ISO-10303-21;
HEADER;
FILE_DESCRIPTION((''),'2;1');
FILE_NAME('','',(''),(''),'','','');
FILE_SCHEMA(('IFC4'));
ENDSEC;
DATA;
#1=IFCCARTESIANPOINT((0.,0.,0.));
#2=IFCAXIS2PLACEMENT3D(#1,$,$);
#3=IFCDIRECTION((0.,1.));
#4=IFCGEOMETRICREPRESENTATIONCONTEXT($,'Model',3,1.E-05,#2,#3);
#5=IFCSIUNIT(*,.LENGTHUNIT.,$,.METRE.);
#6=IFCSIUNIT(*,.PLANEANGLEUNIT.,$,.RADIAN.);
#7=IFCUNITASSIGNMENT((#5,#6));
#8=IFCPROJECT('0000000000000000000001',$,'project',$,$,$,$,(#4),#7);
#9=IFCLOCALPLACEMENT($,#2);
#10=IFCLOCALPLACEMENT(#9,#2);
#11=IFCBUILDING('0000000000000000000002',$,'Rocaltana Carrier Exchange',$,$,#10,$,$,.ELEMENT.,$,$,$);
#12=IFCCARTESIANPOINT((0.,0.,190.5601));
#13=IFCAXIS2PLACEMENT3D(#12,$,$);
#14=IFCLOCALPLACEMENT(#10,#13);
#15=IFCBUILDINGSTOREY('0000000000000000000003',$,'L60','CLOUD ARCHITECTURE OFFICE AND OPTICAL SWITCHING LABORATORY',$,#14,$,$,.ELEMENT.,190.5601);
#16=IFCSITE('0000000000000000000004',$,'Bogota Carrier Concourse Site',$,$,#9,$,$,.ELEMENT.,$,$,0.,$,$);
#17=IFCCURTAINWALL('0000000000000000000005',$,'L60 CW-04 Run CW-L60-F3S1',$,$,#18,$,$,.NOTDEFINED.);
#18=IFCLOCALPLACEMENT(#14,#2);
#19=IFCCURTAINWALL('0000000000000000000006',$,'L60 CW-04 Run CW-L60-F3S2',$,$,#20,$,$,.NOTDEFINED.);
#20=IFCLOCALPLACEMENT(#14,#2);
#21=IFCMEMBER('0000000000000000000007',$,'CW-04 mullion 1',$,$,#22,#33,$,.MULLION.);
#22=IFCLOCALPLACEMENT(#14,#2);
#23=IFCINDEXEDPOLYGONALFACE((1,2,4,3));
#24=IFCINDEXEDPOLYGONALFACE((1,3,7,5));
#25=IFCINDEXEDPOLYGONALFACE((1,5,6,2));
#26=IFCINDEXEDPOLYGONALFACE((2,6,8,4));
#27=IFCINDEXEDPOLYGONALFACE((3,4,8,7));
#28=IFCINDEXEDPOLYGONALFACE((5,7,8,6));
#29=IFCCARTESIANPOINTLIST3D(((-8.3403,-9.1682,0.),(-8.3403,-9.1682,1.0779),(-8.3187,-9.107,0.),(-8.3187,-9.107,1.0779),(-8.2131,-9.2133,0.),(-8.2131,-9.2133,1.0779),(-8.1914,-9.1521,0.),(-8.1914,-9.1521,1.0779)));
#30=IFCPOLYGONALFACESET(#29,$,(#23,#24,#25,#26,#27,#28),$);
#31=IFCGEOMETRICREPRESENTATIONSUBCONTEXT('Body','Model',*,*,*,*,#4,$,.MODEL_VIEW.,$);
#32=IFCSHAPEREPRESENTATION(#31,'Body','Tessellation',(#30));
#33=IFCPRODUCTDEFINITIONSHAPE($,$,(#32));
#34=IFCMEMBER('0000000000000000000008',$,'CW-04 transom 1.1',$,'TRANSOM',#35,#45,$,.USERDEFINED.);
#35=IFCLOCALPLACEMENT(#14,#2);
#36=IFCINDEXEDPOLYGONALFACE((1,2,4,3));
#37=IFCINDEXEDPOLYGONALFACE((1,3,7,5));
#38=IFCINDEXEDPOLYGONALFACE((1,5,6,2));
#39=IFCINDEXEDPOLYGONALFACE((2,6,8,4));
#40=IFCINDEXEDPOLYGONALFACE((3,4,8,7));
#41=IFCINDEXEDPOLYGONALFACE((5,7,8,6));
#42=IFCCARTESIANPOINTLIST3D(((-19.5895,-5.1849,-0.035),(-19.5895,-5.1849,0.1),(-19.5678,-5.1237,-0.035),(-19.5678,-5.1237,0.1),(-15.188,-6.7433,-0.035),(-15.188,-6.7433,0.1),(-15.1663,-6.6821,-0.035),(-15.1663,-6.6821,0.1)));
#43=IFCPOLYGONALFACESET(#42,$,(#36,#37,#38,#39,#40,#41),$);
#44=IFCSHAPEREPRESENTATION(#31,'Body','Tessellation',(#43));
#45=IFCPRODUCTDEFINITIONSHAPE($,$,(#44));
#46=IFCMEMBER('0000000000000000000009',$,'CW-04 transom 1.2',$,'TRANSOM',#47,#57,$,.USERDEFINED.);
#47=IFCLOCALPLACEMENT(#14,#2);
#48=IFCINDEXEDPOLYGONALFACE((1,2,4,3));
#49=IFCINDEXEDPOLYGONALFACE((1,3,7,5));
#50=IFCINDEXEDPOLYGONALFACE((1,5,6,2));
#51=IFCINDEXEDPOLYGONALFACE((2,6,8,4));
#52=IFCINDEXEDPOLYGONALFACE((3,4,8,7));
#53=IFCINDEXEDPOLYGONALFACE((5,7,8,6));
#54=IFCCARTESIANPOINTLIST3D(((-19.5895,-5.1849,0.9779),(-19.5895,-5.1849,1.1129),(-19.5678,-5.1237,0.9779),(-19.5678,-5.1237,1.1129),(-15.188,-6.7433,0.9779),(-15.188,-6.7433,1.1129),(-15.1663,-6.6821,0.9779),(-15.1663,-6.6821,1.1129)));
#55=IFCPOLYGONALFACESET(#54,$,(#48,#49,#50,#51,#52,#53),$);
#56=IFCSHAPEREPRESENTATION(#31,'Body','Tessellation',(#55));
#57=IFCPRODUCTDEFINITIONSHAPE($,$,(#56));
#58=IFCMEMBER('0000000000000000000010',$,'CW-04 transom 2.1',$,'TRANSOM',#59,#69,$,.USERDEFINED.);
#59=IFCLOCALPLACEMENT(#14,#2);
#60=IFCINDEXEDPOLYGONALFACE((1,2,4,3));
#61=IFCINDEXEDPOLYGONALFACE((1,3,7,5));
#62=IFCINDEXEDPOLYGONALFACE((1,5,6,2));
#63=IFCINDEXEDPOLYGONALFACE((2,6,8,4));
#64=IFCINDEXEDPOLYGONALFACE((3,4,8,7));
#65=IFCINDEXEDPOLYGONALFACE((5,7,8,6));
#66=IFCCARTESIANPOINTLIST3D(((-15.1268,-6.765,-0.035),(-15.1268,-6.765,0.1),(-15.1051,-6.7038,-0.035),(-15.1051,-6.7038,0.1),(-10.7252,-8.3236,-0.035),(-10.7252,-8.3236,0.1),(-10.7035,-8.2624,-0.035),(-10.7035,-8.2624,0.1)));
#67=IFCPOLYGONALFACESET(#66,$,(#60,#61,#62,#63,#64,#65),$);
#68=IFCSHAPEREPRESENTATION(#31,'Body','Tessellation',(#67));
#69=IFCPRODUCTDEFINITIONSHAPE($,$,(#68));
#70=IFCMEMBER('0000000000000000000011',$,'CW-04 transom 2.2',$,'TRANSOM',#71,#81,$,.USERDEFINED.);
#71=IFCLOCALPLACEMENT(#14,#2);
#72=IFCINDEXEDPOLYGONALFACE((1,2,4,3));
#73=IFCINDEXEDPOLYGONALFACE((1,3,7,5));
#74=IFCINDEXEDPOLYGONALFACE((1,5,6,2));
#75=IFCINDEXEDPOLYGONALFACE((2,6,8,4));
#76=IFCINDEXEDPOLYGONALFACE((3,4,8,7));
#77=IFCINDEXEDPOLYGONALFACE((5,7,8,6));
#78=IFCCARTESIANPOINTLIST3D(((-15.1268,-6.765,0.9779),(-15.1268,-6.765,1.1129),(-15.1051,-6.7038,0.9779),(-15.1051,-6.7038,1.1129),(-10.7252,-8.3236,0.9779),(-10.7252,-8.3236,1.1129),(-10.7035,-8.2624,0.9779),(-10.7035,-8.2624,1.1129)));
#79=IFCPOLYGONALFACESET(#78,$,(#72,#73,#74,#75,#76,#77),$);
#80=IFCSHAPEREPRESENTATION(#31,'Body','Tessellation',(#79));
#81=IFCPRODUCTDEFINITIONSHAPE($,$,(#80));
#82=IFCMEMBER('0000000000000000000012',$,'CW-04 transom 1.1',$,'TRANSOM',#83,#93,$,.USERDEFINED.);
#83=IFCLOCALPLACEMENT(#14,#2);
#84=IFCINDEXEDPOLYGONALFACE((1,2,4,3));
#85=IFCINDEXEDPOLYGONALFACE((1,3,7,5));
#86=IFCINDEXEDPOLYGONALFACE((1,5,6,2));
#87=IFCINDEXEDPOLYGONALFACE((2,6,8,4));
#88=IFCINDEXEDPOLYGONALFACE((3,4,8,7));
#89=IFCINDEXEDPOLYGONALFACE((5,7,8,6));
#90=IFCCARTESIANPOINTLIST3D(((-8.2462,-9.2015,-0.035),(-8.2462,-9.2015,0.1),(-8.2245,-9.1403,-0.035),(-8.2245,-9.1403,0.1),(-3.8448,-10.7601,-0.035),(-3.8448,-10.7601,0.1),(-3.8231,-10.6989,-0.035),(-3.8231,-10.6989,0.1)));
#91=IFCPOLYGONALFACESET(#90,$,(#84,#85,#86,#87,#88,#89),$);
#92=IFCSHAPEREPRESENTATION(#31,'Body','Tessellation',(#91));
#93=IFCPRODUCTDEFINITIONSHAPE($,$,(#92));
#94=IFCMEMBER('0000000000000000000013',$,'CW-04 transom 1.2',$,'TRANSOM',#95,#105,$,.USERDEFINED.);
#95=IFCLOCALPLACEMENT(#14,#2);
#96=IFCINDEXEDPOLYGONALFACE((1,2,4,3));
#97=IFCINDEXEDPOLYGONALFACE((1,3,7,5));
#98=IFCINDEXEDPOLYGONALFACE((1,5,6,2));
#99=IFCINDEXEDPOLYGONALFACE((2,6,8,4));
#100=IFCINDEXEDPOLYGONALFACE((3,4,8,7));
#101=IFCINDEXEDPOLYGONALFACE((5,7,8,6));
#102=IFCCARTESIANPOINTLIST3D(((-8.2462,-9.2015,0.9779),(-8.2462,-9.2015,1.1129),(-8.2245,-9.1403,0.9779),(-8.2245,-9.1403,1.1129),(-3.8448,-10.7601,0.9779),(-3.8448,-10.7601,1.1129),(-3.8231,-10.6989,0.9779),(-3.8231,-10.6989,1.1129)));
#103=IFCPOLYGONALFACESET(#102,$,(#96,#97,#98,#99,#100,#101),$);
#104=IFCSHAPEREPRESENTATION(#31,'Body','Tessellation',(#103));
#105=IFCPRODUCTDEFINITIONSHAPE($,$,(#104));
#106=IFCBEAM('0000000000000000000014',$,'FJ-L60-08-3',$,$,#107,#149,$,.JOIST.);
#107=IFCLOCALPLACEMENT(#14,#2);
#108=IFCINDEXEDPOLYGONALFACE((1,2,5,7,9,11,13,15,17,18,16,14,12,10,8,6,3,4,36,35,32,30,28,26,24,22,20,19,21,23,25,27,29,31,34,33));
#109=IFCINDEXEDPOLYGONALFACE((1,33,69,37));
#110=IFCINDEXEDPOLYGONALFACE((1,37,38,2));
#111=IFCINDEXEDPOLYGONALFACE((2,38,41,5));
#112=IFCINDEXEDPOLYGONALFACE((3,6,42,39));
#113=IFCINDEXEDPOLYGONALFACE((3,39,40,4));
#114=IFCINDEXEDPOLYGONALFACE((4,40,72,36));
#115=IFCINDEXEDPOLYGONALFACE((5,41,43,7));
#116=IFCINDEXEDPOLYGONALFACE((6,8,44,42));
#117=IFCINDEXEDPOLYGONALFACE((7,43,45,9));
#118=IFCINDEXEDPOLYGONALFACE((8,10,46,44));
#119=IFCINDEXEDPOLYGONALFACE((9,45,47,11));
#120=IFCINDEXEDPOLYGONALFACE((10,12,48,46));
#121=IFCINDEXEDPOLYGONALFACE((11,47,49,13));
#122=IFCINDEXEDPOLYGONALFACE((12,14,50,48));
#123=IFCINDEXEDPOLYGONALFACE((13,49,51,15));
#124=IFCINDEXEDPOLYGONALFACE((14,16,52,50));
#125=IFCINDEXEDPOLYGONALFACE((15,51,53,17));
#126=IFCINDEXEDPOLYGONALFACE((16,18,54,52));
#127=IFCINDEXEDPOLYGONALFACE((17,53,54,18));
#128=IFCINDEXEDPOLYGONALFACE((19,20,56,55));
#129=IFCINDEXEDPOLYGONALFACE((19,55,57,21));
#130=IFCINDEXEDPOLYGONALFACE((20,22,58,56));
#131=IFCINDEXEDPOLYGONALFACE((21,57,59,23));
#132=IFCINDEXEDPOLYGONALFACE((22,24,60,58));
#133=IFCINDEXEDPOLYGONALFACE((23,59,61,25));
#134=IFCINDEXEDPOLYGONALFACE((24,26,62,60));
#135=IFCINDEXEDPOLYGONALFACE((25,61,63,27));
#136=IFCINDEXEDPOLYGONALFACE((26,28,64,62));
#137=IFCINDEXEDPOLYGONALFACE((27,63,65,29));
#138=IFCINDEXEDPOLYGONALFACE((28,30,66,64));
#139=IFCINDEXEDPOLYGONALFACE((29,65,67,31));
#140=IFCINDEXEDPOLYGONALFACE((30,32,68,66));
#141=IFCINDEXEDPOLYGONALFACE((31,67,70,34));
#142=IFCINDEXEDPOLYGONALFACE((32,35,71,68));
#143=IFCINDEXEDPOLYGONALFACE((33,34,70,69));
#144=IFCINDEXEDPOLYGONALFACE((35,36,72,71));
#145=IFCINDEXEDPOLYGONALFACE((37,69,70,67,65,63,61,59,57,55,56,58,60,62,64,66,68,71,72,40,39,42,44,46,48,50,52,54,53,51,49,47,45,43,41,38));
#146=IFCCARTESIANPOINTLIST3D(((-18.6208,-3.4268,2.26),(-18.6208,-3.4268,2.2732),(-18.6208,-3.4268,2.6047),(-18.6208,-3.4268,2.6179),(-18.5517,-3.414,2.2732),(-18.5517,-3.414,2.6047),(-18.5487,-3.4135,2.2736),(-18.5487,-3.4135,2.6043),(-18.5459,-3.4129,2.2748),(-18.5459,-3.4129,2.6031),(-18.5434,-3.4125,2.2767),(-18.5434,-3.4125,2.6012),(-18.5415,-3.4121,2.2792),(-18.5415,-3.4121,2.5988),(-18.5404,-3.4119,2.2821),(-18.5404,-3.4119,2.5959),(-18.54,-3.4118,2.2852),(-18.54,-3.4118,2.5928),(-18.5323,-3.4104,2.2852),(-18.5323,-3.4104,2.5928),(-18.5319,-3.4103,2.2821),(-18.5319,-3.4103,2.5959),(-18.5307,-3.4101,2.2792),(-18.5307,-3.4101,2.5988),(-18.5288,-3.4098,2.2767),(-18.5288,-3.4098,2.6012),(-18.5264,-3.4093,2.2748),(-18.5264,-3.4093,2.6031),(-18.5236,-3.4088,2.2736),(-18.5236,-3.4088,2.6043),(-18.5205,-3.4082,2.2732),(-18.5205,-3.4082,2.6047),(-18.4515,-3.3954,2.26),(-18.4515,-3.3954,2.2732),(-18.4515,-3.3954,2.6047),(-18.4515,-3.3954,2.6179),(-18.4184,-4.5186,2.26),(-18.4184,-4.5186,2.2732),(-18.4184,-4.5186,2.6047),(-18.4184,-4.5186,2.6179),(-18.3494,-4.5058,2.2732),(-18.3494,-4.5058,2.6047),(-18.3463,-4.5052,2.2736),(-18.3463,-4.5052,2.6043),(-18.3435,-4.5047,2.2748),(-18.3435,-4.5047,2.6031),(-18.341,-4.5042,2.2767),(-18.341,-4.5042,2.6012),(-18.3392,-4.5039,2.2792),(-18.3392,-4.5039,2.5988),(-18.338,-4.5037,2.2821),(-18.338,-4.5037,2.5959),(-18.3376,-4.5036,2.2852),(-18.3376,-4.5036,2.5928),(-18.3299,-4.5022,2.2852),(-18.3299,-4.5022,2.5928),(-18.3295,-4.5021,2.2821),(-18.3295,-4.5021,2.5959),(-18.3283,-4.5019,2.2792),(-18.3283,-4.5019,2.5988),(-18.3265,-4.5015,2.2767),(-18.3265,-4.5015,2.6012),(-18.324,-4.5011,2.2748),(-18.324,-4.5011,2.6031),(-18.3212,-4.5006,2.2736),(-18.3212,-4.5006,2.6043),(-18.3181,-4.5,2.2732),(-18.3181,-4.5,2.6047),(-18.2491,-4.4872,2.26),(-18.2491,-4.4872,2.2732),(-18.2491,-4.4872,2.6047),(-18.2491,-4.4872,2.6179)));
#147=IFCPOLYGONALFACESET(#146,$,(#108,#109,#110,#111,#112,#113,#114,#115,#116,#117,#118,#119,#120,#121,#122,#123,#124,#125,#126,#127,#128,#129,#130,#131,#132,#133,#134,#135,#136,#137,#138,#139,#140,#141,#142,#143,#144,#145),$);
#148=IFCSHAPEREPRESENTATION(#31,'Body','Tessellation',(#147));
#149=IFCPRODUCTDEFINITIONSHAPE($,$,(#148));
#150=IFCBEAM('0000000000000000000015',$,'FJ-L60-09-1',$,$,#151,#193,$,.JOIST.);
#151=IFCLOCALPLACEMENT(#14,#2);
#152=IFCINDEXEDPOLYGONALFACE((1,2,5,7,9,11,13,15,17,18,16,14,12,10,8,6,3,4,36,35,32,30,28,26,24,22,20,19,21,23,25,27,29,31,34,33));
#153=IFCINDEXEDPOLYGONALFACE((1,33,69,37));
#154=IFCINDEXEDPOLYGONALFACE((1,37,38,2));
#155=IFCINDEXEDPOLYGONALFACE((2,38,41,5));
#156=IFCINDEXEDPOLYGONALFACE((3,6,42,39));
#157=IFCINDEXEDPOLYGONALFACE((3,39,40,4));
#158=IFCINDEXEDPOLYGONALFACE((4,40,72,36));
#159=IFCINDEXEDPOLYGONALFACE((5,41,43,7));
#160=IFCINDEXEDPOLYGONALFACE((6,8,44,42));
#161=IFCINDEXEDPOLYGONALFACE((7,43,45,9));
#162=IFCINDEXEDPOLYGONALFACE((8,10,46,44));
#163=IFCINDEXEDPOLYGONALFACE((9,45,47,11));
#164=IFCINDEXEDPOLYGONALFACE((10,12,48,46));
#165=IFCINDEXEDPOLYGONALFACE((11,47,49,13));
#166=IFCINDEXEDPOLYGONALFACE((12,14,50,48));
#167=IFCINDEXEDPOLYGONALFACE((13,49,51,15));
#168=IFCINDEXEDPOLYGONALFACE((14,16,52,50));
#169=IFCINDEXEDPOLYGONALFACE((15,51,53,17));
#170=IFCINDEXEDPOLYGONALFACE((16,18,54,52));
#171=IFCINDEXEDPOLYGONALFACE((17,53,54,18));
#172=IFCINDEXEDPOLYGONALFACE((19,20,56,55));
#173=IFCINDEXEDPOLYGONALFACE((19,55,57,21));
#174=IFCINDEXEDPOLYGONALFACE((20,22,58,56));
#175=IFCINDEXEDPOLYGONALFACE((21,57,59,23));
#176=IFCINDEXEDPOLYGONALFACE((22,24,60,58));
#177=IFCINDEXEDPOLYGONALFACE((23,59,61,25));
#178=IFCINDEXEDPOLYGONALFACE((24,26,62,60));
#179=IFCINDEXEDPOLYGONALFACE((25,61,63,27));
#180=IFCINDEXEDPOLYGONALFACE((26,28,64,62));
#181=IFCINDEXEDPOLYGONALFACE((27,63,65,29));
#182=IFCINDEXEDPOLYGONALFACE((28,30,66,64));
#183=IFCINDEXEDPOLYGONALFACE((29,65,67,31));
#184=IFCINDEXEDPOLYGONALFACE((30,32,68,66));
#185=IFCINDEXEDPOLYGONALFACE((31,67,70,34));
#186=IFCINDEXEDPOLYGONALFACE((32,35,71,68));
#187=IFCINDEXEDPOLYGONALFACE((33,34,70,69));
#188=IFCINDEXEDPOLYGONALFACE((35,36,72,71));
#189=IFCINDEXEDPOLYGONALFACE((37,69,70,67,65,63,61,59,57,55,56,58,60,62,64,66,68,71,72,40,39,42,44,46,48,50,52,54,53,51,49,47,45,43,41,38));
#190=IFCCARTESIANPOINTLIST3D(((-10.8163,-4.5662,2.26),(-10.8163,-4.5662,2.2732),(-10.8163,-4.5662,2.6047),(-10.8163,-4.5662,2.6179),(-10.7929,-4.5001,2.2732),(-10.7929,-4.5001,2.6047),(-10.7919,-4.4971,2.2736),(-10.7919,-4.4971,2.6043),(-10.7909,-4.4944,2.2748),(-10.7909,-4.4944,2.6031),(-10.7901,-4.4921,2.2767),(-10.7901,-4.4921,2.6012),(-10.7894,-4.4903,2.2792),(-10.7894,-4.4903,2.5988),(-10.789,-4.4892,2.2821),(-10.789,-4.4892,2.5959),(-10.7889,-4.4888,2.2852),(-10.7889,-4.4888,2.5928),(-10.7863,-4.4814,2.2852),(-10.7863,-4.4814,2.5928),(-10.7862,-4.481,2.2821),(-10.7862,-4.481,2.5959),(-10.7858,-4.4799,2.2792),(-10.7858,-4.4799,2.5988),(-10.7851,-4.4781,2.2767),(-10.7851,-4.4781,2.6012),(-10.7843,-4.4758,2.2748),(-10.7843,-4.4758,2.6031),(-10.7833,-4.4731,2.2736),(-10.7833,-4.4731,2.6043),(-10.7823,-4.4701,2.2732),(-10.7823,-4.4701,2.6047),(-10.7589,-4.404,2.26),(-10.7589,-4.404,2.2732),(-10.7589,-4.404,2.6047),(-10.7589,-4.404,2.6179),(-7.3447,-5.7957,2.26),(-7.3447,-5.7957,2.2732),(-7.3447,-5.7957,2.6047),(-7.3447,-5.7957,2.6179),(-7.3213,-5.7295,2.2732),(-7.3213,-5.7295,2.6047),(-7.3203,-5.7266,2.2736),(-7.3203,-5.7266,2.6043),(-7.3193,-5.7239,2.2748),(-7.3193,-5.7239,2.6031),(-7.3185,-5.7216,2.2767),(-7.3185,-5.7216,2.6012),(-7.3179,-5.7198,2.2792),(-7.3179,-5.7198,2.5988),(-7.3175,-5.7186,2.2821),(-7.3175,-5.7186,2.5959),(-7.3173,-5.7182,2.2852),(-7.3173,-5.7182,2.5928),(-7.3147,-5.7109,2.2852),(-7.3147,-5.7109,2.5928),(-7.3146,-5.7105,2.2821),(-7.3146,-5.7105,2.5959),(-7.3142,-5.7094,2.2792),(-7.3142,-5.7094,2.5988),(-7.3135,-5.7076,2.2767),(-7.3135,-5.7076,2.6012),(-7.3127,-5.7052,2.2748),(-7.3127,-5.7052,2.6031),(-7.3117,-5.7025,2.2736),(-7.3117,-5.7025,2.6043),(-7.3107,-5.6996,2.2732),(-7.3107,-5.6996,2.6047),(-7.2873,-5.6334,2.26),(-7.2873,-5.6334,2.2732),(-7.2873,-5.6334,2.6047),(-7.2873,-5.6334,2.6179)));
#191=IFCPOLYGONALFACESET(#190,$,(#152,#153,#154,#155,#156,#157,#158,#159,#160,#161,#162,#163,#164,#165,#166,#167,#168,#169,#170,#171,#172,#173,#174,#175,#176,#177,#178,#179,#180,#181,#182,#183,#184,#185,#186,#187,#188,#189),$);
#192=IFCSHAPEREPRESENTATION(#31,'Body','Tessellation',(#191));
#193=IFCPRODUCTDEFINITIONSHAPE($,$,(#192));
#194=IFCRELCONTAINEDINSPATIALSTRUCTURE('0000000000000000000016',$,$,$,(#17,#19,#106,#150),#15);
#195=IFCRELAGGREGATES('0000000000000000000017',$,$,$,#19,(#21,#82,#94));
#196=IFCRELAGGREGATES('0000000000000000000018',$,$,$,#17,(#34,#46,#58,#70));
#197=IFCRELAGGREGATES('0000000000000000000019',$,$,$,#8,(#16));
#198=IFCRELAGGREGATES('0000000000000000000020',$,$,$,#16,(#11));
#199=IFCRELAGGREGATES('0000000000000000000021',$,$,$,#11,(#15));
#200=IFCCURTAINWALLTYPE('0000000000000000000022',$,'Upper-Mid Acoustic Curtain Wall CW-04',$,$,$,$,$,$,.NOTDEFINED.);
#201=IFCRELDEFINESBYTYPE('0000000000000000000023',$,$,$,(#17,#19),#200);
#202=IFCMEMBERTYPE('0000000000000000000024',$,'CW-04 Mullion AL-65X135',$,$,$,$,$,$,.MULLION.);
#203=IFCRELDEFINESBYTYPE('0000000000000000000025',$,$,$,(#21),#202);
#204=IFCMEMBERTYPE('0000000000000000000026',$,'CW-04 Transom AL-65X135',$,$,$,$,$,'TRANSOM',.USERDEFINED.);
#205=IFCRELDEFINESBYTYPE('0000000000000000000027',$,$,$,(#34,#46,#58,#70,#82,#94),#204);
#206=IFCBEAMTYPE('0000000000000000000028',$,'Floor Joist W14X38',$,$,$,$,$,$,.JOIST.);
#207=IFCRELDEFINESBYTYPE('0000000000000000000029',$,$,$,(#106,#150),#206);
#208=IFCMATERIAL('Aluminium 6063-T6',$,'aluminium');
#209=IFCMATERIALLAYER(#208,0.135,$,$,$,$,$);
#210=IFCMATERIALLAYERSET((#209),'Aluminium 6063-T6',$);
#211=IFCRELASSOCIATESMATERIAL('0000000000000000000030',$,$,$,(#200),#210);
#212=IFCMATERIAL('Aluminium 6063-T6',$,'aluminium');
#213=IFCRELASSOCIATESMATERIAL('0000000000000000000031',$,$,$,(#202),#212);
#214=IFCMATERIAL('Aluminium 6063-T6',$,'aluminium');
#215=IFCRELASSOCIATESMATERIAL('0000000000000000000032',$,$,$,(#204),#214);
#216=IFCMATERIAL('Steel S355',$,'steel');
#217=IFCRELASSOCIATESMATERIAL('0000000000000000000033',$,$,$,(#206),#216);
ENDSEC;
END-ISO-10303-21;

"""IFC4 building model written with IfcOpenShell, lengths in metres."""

from ifc_helpers import new_model, si_unit, direction, frame, origin, origin_2d, place, context, subcontext, project, spatial, rectangle, i_section, extrude, material, layer, layer_set, material_profile, profile_set, type_object, element, aggregate, save


model = new_model("IFC4")

# Units and contexts
model_context = context("Model", 3, precision=1e-05, world=origin(), true_north=direction((0.0, 1.0)))
body_context = subcontext(model_context, "Body", "Model", "MODEL_VIEW")
ifc_project = project(units=[si_unit("LENGTHUNIT", "METRE"), si_unit("PLANEANGLEUNIT", "RADIAN")], contexts=[model_context])

# Site, building, storey
site_placement = place(None, origin())
site = spatial("IfcSite", under=ifc_project, at=site_placement, Name="Bogota Carrier Concourse Site", CompositionType="ELEMENT", RefElevation=0.0)
building_placement = place(site_placement, origin())
building = spatial("IfcBuilding", under=site, at=building_placement, Name="Rocaltana Carrier Exchange", CompositionType="ELEMENT")
storey_placement = place(building_placement, frame((0.0, 0.0, 190.5601)))
storey = spatial("IfcBuildingStorey", under=building, at=storey_placement, Name="L60", Description="CLOUD ARCHITECTURE OFFICE AND OPTICAL SWITCHING LABORATORY", CompositionType="ELEMENT", Elevation=190.5601)

# Shared definitions
ifc_material_1 = material(Name="Aluminium 6063-T6", Category="aluminium")
ifc_layer_1 = layer(ifc_material_1, 0.135)
ifc_layer_set_1 = layer_set([ifc_layer_1], Name="Aluminium 6063-T6")
curtain_wall_type = type_object("IfcCurtainWallType", Name="Upper-Mid Acoustic Curtain Wall CW-04", PredefinedType="NOTDEFINED", material=ifc_layer_set_1)
ifc_material_2 = material(Name="Aluminium 6063-T6", Category="aluminium")
ifc_material_profile_1 = material_profile(ifc_material_2, rectangle(XDim=0.0649, YDim=0.135, at=origin_2d()), Name="AL-65X135")
ifc_profile_set_1 = profile_set([ifc_material_profile_1], Name="Aluminium 6063-T6")
member_type_1 = type_object("IfcMemberType", Name="CW-04 Mullion AL-65X135", PredefinedType="MULLION", material=ifc_profile_set_1)

# Curtain wall
curtain_wall_1_placement = place(storey_placement, origin())
curtain_wall_1 = element("IfcCurtainWall", 1, at=curtain_wall_1_placement, inside=storey, type_object=curtain_wall_type, Name="L60 CW-04 Run CW-L60-F3S1", PredefinedType="NOTDEFINED")

# Curtain wall, member
curtain_wall_2_placement = place(storey_placement, origin())
curtain_wall_2 = element("IfcCurtainWall", 2, at=curtain_wall_2_placement, inside=storey, type_object=curtain_wall_type, Name="L60 CW-04 Run CW-L60-F3S2", PredefinedType="NOTDEFINED")
member_1_placement = place(storey_placement, frame((-8.2659, -9.1602, 0.0), z_axis=(0.0, 0.0, 1.0), x_axis=(0.333799, 0.942644, 0.0)))
member_1 = element("IfcMember", 3, at=member_1_placement, type_object=member_type_1, Name="CW-04 mullion 1", PredefinedType="MULLION", context=body_context, shape_type="SweptSolid", body=[
    extrude(rectangle(XDim=0.0649, YDim=0.135, at=origin_2d()), origin(), (0.0, 0.0, 1.0), 1.0779),
])

# Members
ifc_material_3 = material(Name="Aluminium 6063-T6", Category="aluminium")
ifc_material_profile_2 = material_profile(ifc_material_3, rectangle(XDim=0.0649, YDim=0.135, at=origin_2d()), Name="AL-65X135")
ifc_profile_set_2 = profile_set([ifc_material_profile_2], Name="Aluminium 6063-T6")
member_type_2 = type_object("IfcMemberType", Name="CW-04 Transom AL-65X135", ElementType="TRANSOM", PredefinedType="USERDEFINED", material=ifc_profile_set_2)
member_2_placement = place(storey_placement, frame((-19.5786, -5.1543, 0.0325), z_axis=(0.942659, -0.333758, 0.0), x_axis=(0.333758, 0.942659, 0.0)))
member_2 = element("IfcMember", 4, at=member_2_placement, type_object=member_type_2, Name="CW-04 transom 1.1", ObjectType="TRANSOM", PredefinedType="USERDEFINED", context=body_context, shape_type="SweptSolid", body=[
    extrude(rectangle(XDim=0.0649, YDim=0.135, at=origin_2d()), origin(), (0.0, 0.0, 1.0), 4.6692),
])
member_3_placement = place(storey_placement, frame((-19.5786, -5.1543, 1.0454), z_axis=(0.942659, -0.333758, 0.0), x_axis=(0.333758, 0.942659, 0.0)))
member_3 = element("IfcMember", 5, at=member_3_placement, type_object=member_type_2, Name="CW-04 transom 1.2", ObjectType="TRANSOM", PredefinedType="USERDEFINED", context=body_context, shape_type="SweptSolid", body=[
    extrude(rectangle(XDim=0.0649, YDim=0.135, at=origin_2d()), origin(), (0.0, 0.0, 1.0), 4.6692),
])
member_4_placement = place(storey_placement, frame((-15.116, -6.7344, 0.0325), z_axis=(0.942648, -0.333788, 0.0), x_axis=(0.333788, 0.942648, 0.0)))
member_4 = element("IfcMember", 6, at=member_4_placement, type_object=member_type_2, Name="CW-04 transom 2.1", ObjectType="TRANSOM", PredefinedType="USERDEFINED", context=body_context, shape_type="SweptSolid", body=[
    extrude(rectangle(XDim=0.0649, YDim=0.135, at=origin_2d()), origin(), (0.0, 0.0, 1.0), 4.6694),
])
member_5_placement = place(storey_placement, frame((-15.116, -6.7344, 1.0454), z_axis=(0.942648, -0.333788, 0.0), x_axis=(0.333788, 0.942648, 0.0)))
member_5 = element("IfcMember", 7, at=member_5_placement, type_object=member_type_2, Name="CW-04 transom 2.2", ObjectType="TRANSOM", PredefinedType="USERDEFINED", context=body_context, shape_type="SweptSolid", body=[
    extrude(rectangle(XDim=0.0649, YDim=0.135, at=origin_2d()), origin(), (0.0, 0.0, 1.0), 4.6694),
])
member_6_placement = place(storey_placement, frame((-8.2354, -9.1709, 0.0325), z_axis=(0.942642, -0.333805, 0.0), x_axis=(0.333805, 0.942642, 0.0)))
member_6 = element("IfcMember", 8, at=member_6_placement, type_object=member_type_2, Name="CW-04 transom 1.1", ObjectType="TRANSOM", PredefinedType="USERDEFINED", context=body_context, shape_type="SweptSolid", body=[
    extrude(rectangle(XDim=0.0649, YDim=0.135, at=origin_2d()), origin(), (0.0, 0.0, 1.0), 4.6692),
])
member_7_placement = place(storey_placement, frame((-8.2354, -9.1709, 1.0454), z_axis=(0.942642, -0.333805, 0.0), x_axis=(0.333805, 0.942642, 0.0)))
member_7 = element("IfcMember", 9, at=member_7_placement, type_object=member_type_2, Name="CW-04 transom 1.2", ObjectType="TRANSOM", PredefinedType="USERDEFINED", context=body_context, shape_type="SweptSolid", body=[
    extrude(rectangle(XDim=0.0649, YDim=0.135, at=origin_2d()), origin(), (0.0, 0.0, 1.0), 4.6692),
])
aggregate(curtain_wall_2, [member_1, member_6, member_7])

# Beams
ifc_material_4 = material(Name="Steel S355", Category="steel")
ifc_material_profile_3 = material_profile(ifc_material_4, i_section(OverallWidth=0.1721, OverallDepth=0.3579, WebThickness=0.0078, FlangeThickness=0.0132, FilletRadius=0.012, at=origin_2d()), Name="W14X38")
ifc_profile_set_3 = profile_set([ifc_material_profile_3], Name="Steel S355")
beam_type_1 = type_object("IfcBeamType", Name="Floor Joist W14X38", PredefinedType="JOIST", material=ifc_profile_set_3)
beam_1_placement = place(storey_placement, frame((-18.5361, -3.4111, 2.439), z_axis=(0.18227, -0.983248, 0.0), x_axis=(0.983248, 0.18227, 0.0)))
element("IfcBeam", 10, at=beam_1_placement, inside=storey, type_object=beam_type_1, Name="FJ-L60-08-3", PredefinedType="JOIST", context=body_context, shape_type="SweptSolid", body=[
    extrude(i_section(OverallWidth=0.1721, OverallDepth=0.3579, WebThickness=0.0078, FlangeThickness=0.0132, FilletRadius=0.012, at=origin_2d()), origin(), (0.0, 0.0, 1.0), 1.1104),
])
beam_2_placement = place(storey_placement, frame((-10.7876, -4.4851, 2.439), z_axis=(0.942632, -0.333832, 0.0), x_axis=(0.333832, 0.942632, 0.0)))
element("IfcBeam", 11, at=beam_2_placement, inside=storey, type_object=beam_type_1, Name="FJ-L60-09-1", PredefinedType="JOIST", context=body_context, shape_type="SweptSolid", body=[
    extrude(i_section(OverallWidth=0.1721, OverallDepth=0.3579, WebThickness=0.0078, FlangeThickness=0.0132, FilletRadius=0.012, at=origin_2d()), origin(), (0.0, 0.0, 1.0), 3.6829),
])

aggregate(curtain_wall_1, [member_2, member_3, member_4, member_5])

save(model, "model.ifc")
